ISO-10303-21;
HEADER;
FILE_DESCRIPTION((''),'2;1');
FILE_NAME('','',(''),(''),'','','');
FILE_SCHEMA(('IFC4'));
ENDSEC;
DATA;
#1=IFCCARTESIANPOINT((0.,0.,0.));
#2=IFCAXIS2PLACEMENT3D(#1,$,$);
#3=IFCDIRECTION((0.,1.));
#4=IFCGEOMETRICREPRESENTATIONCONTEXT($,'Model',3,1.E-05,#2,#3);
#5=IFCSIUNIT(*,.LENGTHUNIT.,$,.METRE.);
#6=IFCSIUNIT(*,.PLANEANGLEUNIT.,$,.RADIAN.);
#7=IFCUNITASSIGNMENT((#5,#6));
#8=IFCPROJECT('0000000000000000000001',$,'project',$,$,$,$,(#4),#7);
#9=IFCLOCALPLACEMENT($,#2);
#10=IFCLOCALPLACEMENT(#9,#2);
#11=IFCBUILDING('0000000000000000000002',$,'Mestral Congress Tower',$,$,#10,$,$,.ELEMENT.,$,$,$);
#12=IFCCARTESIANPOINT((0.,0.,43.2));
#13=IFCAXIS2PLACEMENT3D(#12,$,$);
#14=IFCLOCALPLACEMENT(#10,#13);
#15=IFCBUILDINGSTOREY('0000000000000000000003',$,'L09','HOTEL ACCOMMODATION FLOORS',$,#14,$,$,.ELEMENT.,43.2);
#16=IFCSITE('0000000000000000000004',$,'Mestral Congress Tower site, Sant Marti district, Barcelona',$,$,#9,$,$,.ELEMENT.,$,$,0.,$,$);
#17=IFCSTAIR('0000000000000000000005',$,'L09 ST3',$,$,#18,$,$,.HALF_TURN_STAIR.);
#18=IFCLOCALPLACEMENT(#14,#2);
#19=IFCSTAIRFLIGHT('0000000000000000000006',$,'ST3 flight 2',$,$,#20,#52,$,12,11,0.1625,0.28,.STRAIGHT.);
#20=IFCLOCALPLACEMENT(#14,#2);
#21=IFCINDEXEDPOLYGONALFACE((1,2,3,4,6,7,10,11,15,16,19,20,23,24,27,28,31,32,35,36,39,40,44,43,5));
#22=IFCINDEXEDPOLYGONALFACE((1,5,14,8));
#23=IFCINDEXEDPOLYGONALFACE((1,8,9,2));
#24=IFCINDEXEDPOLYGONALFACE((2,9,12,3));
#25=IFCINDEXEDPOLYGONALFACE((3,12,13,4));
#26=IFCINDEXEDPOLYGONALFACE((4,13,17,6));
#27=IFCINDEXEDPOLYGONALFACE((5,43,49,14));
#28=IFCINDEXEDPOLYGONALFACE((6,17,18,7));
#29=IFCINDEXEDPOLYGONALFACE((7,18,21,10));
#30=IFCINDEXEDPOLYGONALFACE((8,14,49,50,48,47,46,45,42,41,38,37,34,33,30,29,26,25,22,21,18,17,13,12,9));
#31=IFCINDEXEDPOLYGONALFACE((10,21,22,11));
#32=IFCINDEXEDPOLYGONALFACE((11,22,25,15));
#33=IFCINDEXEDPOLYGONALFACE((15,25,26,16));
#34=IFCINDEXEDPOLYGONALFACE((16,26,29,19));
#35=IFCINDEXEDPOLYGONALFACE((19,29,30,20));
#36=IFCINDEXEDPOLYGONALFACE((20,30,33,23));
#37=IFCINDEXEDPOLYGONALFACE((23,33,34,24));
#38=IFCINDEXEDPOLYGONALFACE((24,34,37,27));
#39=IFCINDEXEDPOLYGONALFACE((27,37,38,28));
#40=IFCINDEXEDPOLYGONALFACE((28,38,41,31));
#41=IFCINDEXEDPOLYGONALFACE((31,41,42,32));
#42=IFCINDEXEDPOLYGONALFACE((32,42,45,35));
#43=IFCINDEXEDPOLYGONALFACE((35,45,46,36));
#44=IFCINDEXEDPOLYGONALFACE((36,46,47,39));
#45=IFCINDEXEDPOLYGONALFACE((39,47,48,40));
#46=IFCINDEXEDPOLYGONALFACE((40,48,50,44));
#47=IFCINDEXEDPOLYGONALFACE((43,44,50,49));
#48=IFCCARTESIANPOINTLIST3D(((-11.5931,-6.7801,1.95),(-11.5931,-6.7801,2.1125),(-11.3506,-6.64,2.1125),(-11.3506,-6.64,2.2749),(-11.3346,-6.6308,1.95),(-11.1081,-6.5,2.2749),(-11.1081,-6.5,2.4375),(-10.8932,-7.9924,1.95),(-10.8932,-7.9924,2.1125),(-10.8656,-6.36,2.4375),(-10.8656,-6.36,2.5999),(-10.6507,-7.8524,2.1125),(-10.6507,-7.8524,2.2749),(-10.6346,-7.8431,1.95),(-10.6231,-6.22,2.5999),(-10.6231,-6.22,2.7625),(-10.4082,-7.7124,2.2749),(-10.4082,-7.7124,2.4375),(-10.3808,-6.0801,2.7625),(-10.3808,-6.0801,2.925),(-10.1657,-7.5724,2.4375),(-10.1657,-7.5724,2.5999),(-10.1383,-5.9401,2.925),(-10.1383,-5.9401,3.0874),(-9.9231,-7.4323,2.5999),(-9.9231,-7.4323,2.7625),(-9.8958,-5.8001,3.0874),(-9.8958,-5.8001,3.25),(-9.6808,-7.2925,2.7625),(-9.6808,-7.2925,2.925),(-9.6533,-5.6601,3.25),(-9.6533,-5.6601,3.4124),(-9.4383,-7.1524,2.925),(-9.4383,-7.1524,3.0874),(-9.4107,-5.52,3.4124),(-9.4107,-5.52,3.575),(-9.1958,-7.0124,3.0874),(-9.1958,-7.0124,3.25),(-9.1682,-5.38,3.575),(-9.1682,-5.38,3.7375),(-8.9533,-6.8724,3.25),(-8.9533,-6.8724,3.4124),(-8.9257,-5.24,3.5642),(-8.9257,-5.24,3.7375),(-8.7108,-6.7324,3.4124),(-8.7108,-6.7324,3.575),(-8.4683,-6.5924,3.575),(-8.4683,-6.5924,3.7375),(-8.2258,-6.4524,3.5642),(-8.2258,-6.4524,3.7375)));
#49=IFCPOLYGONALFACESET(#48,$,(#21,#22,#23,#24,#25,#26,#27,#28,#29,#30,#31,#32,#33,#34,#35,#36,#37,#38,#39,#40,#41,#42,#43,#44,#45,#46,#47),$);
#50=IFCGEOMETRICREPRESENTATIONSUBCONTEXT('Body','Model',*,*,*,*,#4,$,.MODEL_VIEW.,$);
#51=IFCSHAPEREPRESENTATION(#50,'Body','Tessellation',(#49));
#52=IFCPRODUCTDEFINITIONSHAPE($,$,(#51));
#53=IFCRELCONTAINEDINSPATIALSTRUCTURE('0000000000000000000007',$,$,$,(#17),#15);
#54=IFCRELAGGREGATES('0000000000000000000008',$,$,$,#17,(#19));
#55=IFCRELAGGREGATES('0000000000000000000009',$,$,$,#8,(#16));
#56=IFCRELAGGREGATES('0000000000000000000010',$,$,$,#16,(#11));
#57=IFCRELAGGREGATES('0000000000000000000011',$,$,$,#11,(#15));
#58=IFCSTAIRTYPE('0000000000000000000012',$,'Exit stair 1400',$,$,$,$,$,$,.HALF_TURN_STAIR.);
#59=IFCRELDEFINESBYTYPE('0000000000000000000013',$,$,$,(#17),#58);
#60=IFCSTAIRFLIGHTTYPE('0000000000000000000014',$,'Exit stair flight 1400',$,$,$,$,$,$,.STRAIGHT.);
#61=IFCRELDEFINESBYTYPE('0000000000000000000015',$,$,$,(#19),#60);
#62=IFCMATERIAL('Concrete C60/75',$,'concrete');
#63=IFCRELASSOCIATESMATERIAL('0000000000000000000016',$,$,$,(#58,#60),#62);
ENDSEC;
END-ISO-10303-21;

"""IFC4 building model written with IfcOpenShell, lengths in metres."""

from ifc_helpers import new_model, si_unit, direction, frame, origin, place, context, subcontext, project, spatial, polyline, outline, extrude, material, type_object, element, aggregate, save


model = new_model("IFC4")

# Units and contexts
model_context = context("Model", 3, precision=1e-05, world=origin(), true_north=direction((0.0, 1.0)))
body_context = subcontext(model_context, "Body", "Model", "MODEL_VIEW")
ifc_project = project(units=[si_unit("LENGTHUNIT", "METRE"), si_unit("PLANEANGLEUNIT", "RADIAN")], contexts=[model_context])

# Site, building, storey
site_placement = place(None, origin())
site = spatial("IfcSite", under=ifc_project, at=site_placement, Name="Mestral Congress Tower site, Sant Marti district, Barcelona", CompositionType="ELEMENT", RefElevation=0.0)
building_placement = place(site_placement, origin())
building = spatial("IfcBuilding", under=site, at=building_placement, Name="Mestral Congress Tower", CompositionType="ELEMENT")
storey_placement = place(building_placement, frame((0.0, 0.0, 43.2)))
storey = spatial("IfcBuildingStorey", under=building, at=storey_placement, Name="L09", Description="HOTEL ACCOMMODATION FLOORS", CompositionType="ELEMENT", Elevation=43.2)

# Shared definitions
ifc_material_1 = material(Name="Concrete C60/75", Category="concrete")

# Stair, stair flight
stair_type = type_object("IfcStairType", Name="Exit stair 1400", PredefinedType="HALF_TURN_STAIR", material=ifc_material_1)
stair_placement = place(storey_placement, origin())
stair = element("IfcStair", 1, at=stair_placement, inside=storey, type_object=stair_type, Name="L09 ST3", PredefinedType="HALF_TURN_STAIR")
stair_flight_type = type_object("IfcStairFlightType", Name="Exit stair flight 1400", PredefinedType="STRAIGHT", material=ifc_material_1)
stair_flight_1_placement = place(storey_placement, frame((-11.2432, -7.3862, 1.95), z_axis=(0.0, 0.0, 1.0), x_axis=(0.866025, 0.5, 0.0)))
stair_flight_1 = element("IfcStairFlight", 2, at=stair_flight_1_placement, type_object=stair_flight_type, Name="ST3 flight 2", NumberOfRisers=12, NumberOfTreads=11, PredefinedType="STRAIGHT", RiserHeight=0.1625, TreadLength=0.28, context=body_context, shape_type="SweptSolid", body=[
    extrude(outline(polyline([(0.0, 0.0), (0.0, 0.1626), (0.28, 0.1626), (0.28, 0.325), (0.5601, 0.325), (0.5601, 0.4875), (0.8401, 0.4875), (0.8401, 0.6499), (1.1201, 0.6499), (1.1201, 0.8125), (1.3999, 0.8125), (1.3999, 0.9751), (1.6799, 0.9751), (1.6799, 1.1375), (1.96, 1.1375), (1.96, 1.3), (2.24, 1.3), (2.24, 1.4624), (2.52, 1.4624), (2.52, 1.625), (2.8, 1.625), (2.8, 1.7876), (3.0801, 1.7876), (3.0801, 1.95), (3.0801, 1.6143), (0.2986, 0.0), (0.0, 0.0)])), frame((0.0, 0.7, 0.0), z_axis=(0.0, -1.0, 0.0), x_axis=(1.0, 0.0, 0.0)), (0.0, 0.0, 1.0), 1.3999),
])
aggregate(stair, [stair_flight_1])

save(model, "model.ifc")
